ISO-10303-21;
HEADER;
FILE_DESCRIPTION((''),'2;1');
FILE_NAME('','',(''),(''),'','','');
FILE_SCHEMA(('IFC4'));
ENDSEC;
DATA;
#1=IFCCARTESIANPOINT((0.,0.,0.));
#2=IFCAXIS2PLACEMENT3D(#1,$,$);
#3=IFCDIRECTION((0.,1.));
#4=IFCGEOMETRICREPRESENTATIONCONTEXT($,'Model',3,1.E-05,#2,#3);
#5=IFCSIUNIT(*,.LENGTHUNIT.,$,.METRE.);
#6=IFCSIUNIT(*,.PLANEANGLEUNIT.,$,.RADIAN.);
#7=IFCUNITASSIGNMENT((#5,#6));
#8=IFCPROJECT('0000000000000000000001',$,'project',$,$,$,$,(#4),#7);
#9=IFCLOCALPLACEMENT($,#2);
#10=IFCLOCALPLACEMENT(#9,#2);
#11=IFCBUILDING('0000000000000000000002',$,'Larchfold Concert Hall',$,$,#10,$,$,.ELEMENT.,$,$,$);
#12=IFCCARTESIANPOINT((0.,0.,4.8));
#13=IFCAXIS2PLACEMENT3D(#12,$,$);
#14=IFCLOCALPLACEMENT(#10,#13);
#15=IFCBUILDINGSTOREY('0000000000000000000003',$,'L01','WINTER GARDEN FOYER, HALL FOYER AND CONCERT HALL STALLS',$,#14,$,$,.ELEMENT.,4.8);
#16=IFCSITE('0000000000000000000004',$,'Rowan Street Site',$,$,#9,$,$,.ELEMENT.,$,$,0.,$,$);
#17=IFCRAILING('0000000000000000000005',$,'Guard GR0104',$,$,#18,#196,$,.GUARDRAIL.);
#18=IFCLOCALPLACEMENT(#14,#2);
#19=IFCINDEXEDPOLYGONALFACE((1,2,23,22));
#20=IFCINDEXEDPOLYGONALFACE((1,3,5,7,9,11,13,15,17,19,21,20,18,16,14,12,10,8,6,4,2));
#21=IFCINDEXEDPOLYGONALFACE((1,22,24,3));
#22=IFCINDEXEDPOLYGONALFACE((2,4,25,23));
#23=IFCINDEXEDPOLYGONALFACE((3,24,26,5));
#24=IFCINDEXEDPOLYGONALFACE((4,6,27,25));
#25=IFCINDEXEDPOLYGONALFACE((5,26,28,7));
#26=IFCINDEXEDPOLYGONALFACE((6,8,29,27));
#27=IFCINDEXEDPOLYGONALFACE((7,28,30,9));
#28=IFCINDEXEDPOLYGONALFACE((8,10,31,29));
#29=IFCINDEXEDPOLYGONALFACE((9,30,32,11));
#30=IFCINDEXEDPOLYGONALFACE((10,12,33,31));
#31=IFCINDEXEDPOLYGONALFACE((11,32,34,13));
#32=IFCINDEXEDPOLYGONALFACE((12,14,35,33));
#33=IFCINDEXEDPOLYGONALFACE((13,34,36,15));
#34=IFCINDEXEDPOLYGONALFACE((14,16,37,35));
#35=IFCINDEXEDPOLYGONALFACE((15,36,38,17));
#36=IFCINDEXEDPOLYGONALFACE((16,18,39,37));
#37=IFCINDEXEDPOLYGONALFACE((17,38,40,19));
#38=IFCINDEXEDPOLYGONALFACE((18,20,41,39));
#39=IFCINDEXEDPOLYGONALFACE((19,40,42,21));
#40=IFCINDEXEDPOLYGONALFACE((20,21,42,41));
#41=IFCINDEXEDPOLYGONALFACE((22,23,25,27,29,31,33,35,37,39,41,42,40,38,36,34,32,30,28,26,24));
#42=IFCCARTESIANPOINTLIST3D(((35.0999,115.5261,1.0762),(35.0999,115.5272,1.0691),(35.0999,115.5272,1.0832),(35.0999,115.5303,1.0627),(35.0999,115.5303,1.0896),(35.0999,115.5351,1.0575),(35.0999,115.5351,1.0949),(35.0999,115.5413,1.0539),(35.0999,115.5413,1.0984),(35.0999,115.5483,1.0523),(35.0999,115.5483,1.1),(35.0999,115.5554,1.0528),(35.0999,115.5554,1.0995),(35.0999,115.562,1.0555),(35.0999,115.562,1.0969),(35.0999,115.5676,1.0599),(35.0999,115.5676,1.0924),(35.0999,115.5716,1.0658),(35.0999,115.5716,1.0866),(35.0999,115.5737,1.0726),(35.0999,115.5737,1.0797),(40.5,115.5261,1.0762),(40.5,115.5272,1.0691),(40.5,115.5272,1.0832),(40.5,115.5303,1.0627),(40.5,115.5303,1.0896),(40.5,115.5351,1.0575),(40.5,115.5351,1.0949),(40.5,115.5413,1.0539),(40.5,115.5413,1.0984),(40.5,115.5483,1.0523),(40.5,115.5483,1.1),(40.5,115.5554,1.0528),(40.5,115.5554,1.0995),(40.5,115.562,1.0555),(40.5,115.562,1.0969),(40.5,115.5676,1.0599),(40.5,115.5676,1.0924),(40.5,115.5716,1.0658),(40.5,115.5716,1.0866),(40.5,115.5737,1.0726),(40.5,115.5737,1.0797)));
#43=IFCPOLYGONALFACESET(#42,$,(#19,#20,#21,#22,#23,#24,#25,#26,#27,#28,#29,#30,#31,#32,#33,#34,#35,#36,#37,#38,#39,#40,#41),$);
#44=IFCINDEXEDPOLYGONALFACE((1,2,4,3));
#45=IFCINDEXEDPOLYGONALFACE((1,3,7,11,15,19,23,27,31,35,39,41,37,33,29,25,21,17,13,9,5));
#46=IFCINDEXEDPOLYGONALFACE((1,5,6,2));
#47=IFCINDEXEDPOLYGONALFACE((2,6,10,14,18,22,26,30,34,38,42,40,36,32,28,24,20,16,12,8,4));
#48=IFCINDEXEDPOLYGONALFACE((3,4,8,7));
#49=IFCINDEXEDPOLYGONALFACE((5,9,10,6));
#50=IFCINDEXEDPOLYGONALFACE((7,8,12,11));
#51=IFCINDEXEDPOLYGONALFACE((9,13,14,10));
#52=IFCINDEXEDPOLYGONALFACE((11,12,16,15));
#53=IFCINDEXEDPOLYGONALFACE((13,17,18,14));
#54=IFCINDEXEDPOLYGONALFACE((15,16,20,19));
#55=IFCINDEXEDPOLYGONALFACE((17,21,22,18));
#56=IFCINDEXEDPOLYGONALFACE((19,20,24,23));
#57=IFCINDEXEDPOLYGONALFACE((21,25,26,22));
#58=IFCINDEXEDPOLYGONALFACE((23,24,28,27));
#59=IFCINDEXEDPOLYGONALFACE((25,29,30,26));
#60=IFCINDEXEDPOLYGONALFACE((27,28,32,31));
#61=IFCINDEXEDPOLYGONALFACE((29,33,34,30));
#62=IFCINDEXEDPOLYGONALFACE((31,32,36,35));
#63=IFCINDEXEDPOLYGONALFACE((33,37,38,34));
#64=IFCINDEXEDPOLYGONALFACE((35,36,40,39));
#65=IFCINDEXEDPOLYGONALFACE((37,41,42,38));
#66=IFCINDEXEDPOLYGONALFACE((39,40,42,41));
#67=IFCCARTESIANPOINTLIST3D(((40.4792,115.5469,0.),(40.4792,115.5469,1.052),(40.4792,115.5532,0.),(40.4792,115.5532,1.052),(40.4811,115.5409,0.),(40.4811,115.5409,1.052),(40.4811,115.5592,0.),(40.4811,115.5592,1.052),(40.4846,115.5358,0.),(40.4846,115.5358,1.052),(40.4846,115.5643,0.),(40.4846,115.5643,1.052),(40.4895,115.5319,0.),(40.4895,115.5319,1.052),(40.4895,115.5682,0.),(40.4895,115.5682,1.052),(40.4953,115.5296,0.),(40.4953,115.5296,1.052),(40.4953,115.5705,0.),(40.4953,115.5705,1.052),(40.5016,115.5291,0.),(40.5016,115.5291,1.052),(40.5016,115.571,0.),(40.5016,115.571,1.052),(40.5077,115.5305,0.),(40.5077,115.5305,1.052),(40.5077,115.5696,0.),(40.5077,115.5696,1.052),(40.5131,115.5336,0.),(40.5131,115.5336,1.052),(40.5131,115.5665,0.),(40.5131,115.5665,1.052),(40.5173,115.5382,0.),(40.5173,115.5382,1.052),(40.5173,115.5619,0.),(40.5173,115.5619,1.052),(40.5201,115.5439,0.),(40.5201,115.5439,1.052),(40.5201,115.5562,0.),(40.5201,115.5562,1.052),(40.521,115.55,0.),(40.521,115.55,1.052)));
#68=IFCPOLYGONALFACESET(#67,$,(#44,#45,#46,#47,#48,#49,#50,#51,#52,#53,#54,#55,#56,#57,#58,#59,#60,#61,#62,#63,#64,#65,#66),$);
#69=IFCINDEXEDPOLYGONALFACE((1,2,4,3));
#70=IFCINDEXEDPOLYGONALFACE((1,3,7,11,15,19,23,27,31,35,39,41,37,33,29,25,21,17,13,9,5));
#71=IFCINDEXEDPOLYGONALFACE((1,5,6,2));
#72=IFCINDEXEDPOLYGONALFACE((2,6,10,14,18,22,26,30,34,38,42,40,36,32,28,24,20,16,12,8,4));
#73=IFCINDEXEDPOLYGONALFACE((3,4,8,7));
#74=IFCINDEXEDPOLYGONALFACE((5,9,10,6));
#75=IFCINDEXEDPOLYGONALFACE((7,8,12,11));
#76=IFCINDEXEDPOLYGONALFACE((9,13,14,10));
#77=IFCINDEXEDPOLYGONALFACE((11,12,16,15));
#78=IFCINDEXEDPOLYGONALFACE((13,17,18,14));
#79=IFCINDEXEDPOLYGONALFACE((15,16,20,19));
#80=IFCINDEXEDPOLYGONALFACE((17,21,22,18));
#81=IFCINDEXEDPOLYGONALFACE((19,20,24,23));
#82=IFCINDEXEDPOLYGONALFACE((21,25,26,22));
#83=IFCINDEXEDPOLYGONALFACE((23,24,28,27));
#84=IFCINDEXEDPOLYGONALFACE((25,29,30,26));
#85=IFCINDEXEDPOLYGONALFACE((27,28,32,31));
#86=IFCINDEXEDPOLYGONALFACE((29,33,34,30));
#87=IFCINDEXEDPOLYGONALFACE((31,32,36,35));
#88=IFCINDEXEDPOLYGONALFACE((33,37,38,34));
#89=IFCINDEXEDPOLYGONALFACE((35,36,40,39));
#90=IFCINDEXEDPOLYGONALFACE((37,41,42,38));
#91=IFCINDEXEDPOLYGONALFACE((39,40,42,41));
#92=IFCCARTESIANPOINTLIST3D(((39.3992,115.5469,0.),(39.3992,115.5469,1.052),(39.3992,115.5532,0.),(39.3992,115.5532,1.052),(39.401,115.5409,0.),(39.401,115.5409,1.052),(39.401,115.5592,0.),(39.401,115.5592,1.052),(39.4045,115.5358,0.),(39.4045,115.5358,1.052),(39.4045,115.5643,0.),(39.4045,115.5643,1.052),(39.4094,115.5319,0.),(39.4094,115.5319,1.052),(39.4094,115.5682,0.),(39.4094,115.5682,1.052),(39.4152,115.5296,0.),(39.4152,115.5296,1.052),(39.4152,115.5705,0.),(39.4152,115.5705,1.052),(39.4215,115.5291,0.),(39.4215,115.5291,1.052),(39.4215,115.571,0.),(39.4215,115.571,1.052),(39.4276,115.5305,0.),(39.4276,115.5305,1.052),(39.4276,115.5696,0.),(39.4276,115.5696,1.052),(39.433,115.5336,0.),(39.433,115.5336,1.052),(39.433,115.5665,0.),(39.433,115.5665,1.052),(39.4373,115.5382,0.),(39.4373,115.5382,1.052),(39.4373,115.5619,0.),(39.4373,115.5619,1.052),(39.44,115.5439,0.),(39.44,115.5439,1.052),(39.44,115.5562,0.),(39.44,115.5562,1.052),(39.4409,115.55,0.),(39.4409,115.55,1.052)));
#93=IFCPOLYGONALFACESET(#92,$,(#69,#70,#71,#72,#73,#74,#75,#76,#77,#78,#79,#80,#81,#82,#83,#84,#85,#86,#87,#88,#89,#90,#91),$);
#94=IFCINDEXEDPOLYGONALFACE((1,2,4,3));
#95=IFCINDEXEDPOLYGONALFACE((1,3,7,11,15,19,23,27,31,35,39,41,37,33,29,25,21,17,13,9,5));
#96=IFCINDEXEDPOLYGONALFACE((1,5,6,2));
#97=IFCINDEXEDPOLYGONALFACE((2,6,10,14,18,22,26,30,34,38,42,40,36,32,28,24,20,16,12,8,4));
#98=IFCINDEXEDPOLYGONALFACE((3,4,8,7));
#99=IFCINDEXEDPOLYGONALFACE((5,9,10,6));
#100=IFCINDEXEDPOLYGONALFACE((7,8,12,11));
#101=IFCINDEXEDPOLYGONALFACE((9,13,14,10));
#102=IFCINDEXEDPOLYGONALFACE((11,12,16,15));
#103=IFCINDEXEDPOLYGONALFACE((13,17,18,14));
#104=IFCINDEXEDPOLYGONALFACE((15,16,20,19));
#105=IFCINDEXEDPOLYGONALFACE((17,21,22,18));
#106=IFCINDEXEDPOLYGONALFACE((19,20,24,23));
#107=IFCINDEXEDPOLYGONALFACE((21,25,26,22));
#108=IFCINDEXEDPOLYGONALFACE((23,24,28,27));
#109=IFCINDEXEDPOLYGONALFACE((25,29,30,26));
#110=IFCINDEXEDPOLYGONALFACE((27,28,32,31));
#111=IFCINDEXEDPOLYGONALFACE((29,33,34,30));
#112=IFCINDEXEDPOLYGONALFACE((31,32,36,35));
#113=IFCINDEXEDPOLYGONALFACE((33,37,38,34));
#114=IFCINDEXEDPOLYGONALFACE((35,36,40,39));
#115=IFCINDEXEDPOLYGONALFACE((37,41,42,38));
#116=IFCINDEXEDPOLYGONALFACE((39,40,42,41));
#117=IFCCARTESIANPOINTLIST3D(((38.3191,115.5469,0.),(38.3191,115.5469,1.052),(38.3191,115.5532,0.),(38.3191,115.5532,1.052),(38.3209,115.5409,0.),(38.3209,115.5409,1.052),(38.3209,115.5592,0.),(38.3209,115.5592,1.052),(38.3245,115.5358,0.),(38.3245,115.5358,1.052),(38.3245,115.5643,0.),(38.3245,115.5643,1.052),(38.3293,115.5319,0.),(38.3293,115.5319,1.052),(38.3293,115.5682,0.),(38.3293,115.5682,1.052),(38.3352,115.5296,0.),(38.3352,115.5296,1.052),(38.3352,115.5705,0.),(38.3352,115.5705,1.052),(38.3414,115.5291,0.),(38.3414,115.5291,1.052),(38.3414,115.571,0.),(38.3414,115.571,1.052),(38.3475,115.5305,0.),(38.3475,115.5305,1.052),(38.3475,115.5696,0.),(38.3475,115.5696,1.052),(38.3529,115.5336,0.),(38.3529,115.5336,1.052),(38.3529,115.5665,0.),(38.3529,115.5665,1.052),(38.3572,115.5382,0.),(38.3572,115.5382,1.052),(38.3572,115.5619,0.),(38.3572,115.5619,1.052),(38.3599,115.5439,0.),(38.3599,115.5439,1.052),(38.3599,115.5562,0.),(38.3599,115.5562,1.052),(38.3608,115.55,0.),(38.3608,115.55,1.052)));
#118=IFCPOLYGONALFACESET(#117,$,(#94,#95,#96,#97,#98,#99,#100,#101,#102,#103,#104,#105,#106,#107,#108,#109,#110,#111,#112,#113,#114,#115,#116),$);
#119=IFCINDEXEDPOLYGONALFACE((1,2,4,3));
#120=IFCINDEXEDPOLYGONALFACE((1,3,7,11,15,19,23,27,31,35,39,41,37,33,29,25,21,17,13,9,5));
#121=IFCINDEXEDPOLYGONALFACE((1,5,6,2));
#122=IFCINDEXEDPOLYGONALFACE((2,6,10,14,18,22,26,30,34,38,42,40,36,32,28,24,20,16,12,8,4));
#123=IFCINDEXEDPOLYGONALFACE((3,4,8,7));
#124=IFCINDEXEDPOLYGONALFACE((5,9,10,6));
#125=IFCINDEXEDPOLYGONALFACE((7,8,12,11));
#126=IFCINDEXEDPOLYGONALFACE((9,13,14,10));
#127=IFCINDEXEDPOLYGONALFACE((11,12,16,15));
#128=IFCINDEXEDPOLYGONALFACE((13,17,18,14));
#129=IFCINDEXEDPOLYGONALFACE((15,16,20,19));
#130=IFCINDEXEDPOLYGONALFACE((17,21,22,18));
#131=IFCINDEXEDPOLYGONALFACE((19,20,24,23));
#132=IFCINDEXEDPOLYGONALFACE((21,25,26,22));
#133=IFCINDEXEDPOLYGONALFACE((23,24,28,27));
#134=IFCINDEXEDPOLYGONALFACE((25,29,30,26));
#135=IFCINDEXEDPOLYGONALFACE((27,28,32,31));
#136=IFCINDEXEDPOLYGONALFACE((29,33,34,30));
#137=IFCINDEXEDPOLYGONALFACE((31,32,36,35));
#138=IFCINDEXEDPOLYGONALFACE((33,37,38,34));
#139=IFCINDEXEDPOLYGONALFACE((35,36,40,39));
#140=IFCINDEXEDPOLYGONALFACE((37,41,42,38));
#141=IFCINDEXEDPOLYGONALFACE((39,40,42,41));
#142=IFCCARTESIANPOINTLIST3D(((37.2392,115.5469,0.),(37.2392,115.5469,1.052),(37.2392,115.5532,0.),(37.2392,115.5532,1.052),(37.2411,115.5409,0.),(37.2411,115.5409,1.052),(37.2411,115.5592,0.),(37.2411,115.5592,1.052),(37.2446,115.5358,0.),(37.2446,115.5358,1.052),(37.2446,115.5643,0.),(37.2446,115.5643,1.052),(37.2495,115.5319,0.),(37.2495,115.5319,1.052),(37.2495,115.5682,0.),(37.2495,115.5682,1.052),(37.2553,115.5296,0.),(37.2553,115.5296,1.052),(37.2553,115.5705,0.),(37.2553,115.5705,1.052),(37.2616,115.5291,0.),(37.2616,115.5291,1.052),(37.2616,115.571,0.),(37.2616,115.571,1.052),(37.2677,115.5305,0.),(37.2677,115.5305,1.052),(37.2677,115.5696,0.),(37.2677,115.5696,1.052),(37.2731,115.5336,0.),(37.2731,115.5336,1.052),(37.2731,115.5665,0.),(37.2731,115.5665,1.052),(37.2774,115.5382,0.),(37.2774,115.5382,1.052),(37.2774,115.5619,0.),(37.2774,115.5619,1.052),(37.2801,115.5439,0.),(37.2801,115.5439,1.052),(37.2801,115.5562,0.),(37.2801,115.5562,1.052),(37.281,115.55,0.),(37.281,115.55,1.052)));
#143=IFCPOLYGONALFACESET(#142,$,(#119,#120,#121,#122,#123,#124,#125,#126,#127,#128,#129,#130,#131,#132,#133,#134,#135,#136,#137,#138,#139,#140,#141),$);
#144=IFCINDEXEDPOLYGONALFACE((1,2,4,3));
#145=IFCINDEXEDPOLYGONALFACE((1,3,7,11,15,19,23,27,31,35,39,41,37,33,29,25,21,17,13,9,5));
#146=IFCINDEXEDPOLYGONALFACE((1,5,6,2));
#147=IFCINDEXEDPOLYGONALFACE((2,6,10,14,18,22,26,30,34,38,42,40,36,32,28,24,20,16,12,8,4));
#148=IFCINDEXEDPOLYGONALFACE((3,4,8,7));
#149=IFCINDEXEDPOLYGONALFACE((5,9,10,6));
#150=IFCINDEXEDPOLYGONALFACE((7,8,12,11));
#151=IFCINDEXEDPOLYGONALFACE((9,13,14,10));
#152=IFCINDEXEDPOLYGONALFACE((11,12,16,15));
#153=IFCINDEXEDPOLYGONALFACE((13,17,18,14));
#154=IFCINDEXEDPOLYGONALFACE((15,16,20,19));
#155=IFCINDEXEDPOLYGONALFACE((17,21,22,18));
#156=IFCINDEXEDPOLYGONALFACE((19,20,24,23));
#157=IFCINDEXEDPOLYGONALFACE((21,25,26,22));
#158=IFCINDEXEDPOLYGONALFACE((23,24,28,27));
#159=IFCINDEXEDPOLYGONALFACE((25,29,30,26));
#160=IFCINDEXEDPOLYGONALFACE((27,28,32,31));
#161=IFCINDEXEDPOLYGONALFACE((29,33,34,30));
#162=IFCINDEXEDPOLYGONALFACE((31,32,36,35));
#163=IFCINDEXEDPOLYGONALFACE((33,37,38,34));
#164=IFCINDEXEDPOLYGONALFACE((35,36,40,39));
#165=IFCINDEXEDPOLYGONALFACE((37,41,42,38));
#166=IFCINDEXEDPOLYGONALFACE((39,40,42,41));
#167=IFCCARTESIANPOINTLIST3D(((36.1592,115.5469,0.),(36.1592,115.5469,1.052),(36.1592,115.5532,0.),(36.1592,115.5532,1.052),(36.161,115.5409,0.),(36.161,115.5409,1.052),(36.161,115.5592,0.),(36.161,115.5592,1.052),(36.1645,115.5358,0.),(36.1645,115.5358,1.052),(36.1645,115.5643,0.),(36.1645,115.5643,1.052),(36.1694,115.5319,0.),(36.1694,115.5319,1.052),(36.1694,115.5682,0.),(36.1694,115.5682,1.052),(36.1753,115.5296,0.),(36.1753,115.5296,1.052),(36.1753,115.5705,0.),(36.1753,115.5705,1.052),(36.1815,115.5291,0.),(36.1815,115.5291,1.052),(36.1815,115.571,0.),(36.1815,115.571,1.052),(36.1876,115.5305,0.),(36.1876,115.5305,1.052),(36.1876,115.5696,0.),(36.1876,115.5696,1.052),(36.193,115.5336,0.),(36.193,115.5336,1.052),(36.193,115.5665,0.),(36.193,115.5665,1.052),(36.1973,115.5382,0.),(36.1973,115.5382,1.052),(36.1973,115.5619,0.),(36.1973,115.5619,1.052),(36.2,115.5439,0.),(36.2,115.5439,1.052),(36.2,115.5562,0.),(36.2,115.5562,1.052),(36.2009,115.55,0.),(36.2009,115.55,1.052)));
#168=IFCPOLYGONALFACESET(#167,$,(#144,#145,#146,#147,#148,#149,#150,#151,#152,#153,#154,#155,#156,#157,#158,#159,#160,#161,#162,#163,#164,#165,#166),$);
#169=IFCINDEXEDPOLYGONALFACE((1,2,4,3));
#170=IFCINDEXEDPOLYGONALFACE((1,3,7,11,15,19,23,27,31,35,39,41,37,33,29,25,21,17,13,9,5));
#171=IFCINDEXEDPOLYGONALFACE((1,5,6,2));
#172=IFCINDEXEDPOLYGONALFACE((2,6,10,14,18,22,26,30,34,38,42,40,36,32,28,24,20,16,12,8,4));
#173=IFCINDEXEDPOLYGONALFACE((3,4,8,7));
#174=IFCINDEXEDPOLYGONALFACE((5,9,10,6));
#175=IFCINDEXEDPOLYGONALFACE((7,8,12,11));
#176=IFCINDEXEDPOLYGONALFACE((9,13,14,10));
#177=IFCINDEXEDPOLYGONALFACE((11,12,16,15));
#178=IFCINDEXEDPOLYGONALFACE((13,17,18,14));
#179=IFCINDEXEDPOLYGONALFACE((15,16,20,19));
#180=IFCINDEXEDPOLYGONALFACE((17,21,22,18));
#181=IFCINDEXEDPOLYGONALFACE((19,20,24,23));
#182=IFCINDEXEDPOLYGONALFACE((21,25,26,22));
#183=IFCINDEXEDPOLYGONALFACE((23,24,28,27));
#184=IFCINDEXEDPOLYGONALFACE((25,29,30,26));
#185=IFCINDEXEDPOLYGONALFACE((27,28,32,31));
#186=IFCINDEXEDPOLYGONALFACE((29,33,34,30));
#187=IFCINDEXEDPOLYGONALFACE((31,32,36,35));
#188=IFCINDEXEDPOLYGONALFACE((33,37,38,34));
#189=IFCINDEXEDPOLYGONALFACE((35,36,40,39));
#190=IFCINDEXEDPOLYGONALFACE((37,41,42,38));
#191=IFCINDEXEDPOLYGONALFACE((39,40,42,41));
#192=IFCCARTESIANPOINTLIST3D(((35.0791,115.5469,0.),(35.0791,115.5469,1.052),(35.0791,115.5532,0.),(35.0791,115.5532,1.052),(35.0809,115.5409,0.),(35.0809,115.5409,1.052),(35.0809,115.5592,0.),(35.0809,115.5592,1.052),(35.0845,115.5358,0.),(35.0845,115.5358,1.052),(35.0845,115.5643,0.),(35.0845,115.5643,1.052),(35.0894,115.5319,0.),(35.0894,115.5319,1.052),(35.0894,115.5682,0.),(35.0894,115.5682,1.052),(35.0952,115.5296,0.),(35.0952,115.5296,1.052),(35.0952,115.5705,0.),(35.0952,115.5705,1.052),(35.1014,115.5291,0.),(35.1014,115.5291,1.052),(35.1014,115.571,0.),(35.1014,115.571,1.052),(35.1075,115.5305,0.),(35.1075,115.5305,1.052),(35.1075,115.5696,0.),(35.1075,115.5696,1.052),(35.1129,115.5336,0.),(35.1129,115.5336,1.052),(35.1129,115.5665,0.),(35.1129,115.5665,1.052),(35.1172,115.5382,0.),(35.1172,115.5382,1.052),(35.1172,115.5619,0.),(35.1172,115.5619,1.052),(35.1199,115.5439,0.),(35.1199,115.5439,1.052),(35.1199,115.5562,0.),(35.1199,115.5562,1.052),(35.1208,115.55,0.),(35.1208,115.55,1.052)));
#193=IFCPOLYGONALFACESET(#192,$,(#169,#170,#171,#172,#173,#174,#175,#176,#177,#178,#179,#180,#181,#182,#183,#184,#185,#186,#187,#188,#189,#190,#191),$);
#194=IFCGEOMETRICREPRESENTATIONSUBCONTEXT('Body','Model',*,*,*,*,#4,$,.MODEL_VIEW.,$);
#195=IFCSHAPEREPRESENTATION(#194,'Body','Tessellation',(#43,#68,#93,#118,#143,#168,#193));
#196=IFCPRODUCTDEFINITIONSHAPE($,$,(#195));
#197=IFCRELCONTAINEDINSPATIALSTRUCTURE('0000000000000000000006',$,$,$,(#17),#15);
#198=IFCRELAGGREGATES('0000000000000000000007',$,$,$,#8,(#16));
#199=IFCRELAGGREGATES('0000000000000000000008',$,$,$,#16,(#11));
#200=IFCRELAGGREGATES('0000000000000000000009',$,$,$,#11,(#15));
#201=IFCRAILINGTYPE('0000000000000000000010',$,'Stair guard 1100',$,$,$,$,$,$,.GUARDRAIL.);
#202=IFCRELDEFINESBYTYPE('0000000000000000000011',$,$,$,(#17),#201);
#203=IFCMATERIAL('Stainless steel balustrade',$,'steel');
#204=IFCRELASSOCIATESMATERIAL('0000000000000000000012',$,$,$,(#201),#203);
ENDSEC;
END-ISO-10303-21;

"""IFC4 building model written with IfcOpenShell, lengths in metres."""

from ifc_helpers import new_model, si_unit, direction, frame, origin, origin_2d, place, context, subcontext, project, spatial, circle, extrude, material, type_object, element, save


model = new_model("IFC4")

# Units and contexts
model_context = context("Model", 3, precision=1e-05, world=origin(), true_north=direction((0.0, 1.0)))
body_context = subcontext(model_context, "Body", "Model", "MODEL_VIEW")
ifc_project = project(units=[si_unit("LENGTHUNIT", "METRE"), si_unit("PLANEANGLEUNIT", "RADIAN")], contexts=[model_context])

# Site, building, storey
site_placement = place(None, origin())
site = spatial("IfcSite", under=ifc_project, at=site_placement, Name="Rowan Street Site", CompositionType="ELEMENT", RefElevation=0.0)
building_placement = place(site_placement, origin())
building = spatial("IfcBuilding", under=site, at=building_placement, Name="Larchfold Concert Hall", CompositionType="ELEMENT")
storey_placement = place(building_placement, frame((0.0, 0.0, 4.8)))
storey = spatial("IfcBuildingStorey", under=building, at=storey_placement, Name="L01", Description="WINTER GARDEN FOYER, HALL FOYER AND CONCERT HALL STALLS", CompositionType="ELEMENT", Elevation=4.8)

# Railing
ifc_material_1 = material(Name="Stainless steel balustrade", Category="steel")
railing_type_1 = type_object("IfcRailingType", Name="Stair guard 1100", PredefinedType="GUARDRAIL", material=ifc_material_1)
railing_1_placement = place(storey_placement, frame((40.5, 115.55, 0.0)))
element("IfcRailing", 1, at=railing_1_placement, inside=storey, type_object=railing_type_1, Name="Guard GR0104", PredefinedType="GUARDRAIL", context=body_context, shape_type="SweptSolid", body=[
    extrude(circle(Radius=0.0239, at=origin_2d()), frame((0.0, 0.0, 1.0762), z_axis=(-1.0, 0.0, 0.0), x_axis=(0.0, -1.0, 0.0)), (0.0, 0.0, 1.0), 5.4001),
    extrude(circle(Radius=0.021, at=origin_2d()), origin(), (0.0, 0.0, 1.0), 1.052),
    extrude(circle(Radius=0.021, at=origin_2d()), frame((-1.0801, 0.0, 0.0)), (0.0, 0.0, 1.0), 1.052),
    extrude(circle(Radius=0.021, at=origin_2d()), frame((-2.1602, 0.0, 0.0)), (0.0, 0.0, 1.0), 1.052),
    extrude(circle(Radius=0.021, at=origin_2d()), frame((-3.24, 0.0, 0.0)), (0.0, 0.0, 1.0), 1.052),
    extrude(circle(Radius=0.021, at=origin_2d()), frame((-4.3201, 0.0, 0.0)), (0.0, 0.0, 1.0), 1.052),
    extrude(circle(Radius=0.021, at=origin_2d()), frame((-5.4001, 0.0, 0.0)), (0.0, 0.0, 1.0), 1.052),
])

save(model, "model.ifc")
